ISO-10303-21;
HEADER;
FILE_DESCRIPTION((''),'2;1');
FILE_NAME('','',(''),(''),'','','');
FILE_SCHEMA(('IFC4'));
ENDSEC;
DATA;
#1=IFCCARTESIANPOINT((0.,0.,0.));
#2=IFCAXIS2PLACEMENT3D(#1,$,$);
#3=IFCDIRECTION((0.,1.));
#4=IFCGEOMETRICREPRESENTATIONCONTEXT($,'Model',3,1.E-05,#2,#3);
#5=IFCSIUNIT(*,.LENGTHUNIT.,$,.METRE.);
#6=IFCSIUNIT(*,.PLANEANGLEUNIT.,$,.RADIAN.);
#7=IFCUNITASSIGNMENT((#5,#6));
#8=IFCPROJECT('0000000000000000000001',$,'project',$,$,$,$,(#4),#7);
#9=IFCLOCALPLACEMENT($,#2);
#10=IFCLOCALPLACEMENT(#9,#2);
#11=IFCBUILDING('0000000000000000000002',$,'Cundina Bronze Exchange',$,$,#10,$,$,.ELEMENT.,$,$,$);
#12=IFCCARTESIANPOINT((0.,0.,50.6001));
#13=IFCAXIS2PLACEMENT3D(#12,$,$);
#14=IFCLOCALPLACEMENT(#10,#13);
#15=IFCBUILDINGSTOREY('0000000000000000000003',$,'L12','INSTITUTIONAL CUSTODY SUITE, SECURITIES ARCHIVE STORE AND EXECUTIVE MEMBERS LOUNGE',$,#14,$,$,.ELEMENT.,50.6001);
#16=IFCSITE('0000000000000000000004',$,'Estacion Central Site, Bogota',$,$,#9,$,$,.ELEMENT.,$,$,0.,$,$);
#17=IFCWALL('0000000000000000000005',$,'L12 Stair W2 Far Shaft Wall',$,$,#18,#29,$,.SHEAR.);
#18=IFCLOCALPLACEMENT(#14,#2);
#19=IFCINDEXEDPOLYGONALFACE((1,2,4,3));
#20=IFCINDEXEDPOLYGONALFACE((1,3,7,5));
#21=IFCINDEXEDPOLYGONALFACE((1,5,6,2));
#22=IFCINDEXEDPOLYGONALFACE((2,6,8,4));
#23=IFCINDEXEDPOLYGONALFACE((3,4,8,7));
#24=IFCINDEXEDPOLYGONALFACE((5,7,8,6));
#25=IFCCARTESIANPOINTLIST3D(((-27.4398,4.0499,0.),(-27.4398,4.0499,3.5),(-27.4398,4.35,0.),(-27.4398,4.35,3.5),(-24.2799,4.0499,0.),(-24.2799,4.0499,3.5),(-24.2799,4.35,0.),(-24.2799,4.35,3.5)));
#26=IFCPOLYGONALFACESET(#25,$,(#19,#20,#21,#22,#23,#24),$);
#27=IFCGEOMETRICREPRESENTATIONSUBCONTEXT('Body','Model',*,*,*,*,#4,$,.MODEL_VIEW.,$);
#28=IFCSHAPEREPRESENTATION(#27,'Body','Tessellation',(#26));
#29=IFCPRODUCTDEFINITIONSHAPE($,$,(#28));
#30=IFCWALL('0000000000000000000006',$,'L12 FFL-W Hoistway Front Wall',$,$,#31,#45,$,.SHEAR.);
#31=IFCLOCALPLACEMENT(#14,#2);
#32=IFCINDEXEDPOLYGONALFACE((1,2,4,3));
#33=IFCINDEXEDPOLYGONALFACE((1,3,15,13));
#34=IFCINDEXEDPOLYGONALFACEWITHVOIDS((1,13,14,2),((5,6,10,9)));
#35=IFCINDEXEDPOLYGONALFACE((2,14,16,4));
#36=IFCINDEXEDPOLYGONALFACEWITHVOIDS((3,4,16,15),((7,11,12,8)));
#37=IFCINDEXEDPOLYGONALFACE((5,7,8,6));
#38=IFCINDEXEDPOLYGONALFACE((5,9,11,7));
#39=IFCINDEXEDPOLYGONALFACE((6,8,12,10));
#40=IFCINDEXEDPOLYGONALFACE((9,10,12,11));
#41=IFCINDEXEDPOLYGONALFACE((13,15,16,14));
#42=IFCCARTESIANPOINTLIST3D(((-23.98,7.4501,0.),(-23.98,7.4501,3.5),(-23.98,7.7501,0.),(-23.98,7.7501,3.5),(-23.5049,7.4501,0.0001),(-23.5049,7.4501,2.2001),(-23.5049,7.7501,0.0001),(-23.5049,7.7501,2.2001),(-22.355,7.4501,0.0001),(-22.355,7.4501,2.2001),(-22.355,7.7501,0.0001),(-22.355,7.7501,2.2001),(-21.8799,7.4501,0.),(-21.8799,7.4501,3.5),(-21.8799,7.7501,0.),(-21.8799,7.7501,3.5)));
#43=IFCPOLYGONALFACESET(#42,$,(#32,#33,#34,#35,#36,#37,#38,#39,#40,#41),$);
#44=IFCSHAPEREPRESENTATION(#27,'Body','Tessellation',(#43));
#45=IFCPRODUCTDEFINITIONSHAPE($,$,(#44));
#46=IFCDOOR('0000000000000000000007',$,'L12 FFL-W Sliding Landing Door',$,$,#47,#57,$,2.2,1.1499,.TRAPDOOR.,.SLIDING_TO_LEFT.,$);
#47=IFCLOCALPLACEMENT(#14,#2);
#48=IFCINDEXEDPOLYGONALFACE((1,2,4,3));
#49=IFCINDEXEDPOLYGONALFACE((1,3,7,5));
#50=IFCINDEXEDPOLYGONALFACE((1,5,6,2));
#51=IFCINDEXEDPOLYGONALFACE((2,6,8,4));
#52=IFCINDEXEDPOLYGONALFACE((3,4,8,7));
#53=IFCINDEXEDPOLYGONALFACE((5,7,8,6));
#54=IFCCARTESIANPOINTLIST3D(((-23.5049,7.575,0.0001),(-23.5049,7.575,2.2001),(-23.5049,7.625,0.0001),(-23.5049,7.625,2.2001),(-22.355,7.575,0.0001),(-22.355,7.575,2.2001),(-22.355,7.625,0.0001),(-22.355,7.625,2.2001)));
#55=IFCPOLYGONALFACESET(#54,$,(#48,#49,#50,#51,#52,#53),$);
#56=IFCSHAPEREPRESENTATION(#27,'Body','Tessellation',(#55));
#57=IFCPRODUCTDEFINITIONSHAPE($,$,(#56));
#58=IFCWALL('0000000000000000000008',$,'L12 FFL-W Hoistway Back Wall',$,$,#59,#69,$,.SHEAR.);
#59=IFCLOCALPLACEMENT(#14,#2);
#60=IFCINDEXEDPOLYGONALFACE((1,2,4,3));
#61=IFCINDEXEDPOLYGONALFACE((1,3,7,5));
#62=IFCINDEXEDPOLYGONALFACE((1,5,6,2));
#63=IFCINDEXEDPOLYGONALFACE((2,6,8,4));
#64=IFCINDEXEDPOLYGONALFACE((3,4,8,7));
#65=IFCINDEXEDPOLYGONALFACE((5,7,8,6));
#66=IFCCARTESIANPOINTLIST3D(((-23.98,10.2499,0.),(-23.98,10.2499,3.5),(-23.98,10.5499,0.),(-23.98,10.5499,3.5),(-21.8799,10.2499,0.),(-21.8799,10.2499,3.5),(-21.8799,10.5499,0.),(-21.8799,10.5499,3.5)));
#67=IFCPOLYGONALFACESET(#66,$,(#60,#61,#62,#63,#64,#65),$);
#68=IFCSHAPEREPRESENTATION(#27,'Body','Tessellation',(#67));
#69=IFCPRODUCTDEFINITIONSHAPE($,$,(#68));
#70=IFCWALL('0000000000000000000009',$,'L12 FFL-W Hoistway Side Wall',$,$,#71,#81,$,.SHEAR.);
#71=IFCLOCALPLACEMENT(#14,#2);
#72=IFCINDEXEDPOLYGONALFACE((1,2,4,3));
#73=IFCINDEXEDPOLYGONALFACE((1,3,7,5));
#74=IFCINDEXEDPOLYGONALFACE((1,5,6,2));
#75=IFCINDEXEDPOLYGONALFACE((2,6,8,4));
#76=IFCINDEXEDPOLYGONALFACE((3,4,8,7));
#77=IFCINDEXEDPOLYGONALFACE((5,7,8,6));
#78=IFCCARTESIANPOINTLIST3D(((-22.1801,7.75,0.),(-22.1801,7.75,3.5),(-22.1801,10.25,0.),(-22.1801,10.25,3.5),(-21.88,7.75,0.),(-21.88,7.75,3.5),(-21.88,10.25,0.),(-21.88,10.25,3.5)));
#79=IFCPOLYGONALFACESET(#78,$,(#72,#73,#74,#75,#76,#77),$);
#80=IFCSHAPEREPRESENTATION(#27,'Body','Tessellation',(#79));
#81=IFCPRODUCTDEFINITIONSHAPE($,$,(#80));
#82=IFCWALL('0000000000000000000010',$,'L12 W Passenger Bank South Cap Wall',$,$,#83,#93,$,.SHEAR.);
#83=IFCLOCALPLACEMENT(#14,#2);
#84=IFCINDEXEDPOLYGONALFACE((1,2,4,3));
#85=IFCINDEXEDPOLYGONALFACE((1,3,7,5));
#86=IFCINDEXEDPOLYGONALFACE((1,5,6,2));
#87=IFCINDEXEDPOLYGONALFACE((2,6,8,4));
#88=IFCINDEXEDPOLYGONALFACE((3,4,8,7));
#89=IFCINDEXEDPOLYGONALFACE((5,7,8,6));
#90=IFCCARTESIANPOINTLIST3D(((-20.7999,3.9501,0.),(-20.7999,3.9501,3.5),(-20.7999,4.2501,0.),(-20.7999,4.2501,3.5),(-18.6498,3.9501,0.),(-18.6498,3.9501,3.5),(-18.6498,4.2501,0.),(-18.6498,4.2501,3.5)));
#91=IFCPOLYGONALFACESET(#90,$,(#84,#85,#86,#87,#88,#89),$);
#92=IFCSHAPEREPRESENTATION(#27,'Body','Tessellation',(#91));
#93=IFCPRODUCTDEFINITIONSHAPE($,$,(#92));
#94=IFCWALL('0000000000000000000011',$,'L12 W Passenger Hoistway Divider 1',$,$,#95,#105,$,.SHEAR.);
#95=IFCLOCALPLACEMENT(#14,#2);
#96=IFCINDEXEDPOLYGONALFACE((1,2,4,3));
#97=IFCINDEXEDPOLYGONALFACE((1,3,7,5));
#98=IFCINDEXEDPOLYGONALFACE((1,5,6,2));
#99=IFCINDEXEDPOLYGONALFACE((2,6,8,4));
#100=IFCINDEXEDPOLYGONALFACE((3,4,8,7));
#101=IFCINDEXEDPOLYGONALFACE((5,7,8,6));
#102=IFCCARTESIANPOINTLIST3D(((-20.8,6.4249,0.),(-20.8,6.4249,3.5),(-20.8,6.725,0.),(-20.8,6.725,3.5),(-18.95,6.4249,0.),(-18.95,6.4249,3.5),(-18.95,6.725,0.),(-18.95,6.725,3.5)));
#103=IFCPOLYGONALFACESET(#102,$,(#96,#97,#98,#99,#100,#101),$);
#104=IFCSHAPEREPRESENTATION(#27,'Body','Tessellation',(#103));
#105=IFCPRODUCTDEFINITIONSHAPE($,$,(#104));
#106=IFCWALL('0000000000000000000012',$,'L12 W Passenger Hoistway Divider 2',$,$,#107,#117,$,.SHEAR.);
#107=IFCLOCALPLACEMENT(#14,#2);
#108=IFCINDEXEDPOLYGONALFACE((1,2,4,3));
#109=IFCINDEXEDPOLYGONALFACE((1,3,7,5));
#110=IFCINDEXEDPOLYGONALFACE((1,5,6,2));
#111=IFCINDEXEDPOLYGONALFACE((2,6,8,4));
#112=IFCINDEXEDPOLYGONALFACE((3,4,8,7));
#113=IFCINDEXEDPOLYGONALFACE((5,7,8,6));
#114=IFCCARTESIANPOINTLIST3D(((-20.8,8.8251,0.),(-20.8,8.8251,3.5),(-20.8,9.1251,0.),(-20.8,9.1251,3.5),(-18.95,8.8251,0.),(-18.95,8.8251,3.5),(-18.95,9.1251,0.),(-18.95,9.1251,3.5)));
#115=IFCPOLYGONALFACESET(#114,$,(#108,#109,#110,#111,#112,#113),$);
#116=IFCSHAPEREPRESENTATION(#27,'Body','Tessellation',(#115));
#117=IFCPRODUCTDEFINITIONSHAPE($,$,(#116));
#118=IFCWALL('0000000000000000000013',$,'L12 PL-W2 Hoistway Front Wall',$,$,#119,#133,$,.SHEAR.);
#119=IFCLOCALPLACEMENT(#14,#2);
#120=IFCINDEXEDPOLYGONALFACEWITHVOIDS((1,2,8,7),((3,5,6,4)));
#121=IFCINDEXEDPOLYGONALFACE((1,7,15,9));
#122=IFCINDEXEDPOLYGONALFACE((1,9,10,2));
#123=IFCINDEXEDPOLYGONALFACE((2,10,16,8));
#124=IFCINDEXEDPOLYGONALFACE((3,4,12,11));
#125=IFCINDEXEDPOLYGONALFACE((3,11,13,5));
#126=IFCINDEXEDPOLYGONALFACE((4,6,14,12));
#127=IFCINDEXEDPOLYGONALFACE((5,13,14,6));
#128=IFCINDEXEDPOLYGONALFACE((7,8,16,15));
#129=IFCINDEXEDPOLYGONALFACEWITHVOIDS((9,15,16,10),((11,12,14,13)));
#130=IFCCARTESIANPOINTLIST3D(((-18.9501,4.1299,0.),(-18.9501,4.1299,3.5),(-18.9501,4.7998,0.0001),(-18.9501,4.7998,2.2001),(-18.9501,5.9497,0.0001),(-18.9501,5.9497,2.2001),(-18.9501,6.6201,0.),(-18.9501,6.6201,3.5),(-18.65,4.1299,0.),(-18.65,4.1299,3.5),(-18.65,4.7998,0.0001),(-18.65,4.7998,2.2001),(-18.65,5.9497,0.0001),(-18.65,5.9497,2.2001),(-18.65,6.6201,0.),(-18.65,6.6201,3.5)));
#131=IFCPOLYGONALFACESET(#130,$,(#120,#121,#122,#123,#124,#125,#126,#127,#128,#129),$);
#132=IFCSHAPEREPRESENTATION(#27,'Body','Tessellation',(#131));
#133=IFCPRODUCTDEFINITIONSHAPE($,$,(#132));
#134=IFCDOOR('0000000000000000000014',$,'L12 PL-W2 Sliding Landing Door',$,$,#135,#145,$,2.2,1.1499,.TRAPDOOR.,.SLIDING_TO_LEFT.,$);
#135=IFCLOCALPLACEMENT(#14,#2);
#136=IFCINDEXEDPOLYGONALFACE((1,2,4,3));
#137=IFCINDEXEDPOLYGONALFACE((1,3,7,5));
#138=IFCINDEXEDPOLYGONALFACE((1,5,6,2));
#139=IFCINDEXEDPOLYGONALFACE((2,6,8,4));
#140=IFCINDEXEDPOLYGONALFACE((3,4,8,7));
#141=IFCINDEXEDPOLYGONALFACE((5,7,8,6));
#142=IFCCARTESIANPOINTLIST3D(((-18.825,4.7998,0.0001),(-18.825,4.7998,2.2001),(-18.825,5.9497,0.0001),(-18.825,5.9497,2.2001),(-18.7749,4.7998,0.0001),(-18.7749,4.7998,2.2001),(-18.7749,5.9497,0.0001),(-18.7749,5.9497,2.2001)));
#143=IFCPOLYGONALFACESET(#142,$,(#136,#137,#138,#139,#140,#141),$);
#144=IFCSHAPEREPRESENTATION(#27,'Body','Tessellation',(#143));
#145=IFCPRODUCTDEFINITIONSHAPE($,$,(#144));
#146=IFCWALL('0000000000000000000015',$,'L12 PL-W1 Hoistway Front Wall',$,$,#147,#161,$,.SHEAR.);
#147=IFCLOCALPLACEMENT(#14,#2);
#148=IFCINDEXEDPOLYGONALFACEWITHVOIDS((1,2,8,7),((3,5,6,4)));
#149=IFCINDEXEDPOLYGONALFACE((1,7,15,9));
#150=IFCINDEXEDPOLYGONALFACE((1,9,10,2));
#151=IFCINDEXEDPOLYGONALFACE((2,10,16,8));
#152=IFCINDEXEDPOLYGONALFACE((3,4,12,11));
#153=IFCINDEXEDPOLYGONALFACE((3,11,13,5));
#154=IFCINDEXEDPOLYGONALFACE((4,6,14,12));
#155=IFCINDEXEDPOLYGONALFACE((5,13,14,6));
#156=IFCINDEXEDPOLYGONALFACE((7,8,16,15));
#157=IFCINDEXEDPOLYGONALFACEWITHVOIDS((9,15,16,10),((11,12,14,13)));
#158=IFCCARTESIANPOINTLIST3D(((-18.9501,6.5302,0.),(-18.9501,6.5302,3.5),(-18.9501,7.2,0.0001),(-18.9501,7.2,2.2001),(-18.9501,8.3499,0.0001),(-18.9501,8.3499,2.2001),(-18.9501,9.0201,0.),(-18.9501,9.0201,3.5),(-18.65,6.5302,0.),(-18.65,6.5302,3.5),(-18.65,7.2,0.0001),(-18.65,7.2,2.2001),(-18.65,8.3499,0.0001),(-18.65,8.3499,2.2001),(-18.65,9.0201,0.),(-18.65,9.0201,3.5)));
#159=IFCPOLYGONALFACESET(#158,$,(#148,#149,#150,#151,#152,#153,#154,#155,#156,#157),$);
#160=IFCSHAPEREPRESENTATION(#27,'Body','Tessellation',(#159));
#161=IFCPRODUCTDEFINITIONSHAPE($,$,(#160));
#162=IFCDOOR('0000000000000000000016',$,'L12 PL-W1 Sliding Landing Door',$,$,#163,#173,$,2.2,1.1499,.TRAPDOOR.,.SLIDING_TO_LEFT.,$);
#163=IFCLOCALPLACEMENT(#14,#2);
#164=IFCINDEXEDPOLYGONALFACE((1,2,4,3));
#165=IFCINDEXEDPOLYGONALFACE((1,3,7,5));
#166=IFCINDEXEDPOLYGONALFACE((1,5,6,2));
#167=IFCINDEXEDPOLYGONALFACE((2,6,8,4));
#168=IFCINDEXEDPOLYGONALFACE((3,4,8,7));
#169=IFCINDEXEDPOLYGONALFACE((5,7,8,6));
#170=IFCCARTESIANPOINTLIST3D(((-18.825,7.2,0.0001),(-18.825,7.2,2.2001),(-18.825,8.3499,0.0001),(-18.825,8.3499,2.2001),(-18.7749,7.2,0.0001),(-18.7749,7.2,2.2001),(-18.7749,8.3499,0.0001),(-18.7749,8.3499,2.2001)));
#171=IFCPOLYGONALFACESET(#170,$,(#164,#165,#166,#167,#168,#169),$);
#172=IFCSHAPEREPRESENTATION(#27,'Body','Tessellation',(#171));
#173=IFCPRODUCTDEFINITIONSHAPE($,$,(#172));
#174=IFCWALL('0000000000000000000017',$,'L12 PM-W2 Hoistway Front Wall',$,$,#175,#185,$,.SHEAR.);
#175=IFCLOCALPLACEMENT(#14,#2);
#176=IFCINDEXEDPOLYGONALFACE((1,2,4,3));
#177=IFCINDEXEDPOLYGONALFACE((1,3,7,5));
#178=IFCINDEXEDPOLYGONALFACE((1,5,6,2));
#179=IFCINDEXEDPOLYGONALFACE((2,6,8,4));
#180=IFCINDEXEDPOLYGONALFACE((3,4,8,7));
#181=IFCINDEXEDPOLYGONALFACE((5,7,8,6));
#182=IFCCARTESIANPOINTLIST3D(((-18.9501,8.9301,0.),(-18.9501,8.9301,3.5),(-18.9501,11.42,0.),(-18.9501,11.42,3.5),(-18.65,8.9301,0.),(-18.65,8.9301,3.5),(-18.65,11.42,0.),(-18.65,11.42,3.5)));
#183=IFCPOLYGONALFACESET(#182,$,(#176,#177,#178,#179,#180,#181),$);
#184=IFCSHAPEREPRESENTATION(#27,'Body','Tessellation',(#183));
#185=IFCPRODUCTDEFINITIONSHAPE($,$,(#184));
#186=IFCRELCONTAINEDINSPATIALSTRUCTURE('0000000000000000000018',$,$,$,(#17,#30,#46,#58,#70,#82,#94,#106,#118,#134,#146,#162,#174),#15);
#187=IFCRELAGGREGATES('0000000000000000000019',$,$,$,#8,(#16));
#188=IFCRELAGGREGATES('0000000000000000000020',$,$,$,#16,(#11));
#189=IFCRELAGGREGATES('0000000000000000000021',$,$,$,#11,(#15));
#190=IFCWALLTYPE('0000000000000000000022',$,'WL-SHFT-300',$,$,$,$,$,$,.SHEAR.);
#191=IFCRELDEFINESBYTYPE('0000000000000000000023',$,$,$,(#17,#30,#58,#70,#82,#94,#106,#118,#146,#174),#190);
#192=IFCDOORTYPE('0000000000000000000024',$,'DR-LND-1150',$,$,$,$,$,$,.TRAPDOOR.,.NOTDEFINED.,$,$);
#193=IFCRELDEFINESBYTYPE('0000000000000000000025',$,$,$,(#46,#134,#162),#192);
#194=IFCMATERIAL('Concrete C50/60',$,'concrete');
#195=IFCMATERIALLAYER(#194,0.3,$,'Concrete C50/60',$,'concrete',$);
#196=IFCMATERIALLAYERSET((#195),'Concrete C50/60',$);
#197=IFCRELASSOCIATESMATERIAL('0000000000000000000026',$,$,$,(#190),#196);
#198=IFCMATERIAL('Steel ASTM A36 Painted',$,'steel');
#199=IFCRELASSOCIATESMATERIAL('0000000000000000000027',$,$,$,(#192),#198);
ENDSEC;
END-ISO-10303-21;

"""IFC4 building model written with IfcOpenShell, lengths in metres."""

from ifc_helpers import new_model, si_unit, direction, frame, frame_2d, origin, place, context, subcontext, project, spatial, rectangle, extrude, material, layer, layer_set, type_object, element, fill, save


model = new_model("IFC4")

# Units and contexts
model_context = context("Model", 3, precision=1e-05, world=origin(), true_north=direction((0.0, 1.0)))
body_context = subcontext(model_context, "Body", "Model", "MODEL_VIEW")
ifc_project = project(units=[si_unit("LENGTHUNIT", "METRE"), si_unit("PLANEANGLEUNIT", "RADIAN")], contexts=[model_context])

# Site, building, storey
site_placement = place(None, origin())
site = spatial("IfcSite", under=ifc_project, at=site_placement, Name="Estacion Central Site, Bogota", CompositionType="ELEMENT", RefElevation=0.0)
building_placement = place(site_placement, origin())
building = spatial("IfcBuilding", under=site, at=building_placement, Name="Cundina Bronze Exchange", CompositionType="ELEMENT")
storey_placement = place(building_placement, frame((0.0, 0.0, 50.6001)))
storey = spatial("IfcBuildingStorey", under=building, at=storey_placement, Name="L12", Description="INSTITUTIONAL CUSTODY SUITE, SECURITIES ARCHIVE STORE AND EXECUTIVE MEMBERS LOUNGE", CompositionType="ELEMENT", Elevation=50.6001)

# Wall
ifc_material_1 = material(Name="Concrete C50/60", Category="concrete")
ifc_layer_1 = layer(ifc_material_1, 0.3, Name="Concrete C50/60", Category="concrete")
ifc_layer_set_1 = layer_set([ifc_layer_1], Name="Concrete C50/60")
wall_type_1 = type_object("IfcWallType", Name="WL-SHFT-300", PredefinedType="SHEAR", material=ifc_layer_set_1)
wall_1_placement = place(storey_placement, frame((-27.4399, 4.2, 0.0), z_axis=(0.0, 0.0, 1.0), x_axis=(1.0, 0.0, 0.0)))
element("IfcWall", 1, at=wall_1_placement, inside=storey, type_object=wall_type_1, Name="L12 Stair W2 Far Shaft Wall", PredefinedType="SHEAR", context=body_context, shape_type="SweptSolid", body=[
    extrude(rectangle(XDim=3.1599, YDim=0.3, at=frame_2d((1.5801, 0.0))), origin(), (0.0, 0.0, 1.0), 3.5),
])

# Wall, opening, door
wall_2_placement = place(storey_placement, frame((-23.98, 7.6001, 0.0), z_axis=(0.0, 0.0, 1.0), x_axis=(1.0, 0.0, 0.0)))
wall_2 = element("IfcWall", 2, at=wall_2_placement, inside=storey, type_object=wall_type_1, Name="L12 FFL-W Hoistway Front Wall", PredefinedType="SHEAR", context=body_context, shape_type="SweptSolid", body=[
    extrude(rectangle(XDim=2.1001, YDim=0.3, at=frame_2d((1.05, 0.0))), origin(), (0.0, 0.0, 1.0), 3.5),
])
opening_1_placement = place(wall_2_placement, frame((0.4751, 0.0, 0.0)))
opening_1 = element("IfcOpeningElement", 3, at=opening_1_placement, cuts=wall_2, PredefinedType="OPENING", context=body_context, shape_type="SweptSolid", body=[
    extrude(rectangle(XDim=1.1499, YDim=2.2, at=frame_2d((0.575, 1.1001))), frame((0.0, 0.1599, 0.0), z_axis=(0.0, -1.0, 0.0), x_axis=(1.0, 0.0, 0.0)), (0.0, 0.0, 1.0), 0.3201),
])
ifc_material_2 = material(Name="Steel ASTM A36 Painted", Category="steel")
door_type = type_object("IfcDoorType", Name="DR-LND-1150", OperationType="NOTDEFINED", PredefinedType="TRAPDOOR", material=ifc_material_2)
door_1_placement = place(opening_1_placement, origin())
door_1 = element("IfcDoor", 4, at=door_1_placement, inside=storey, type_object=door_type, Name="L12 FFL-W Sliding Landing Door", OperationType="SLIDING_TO_LEFT", OverallHeight=2.2, OverallWidth=1.1499, PredefinedType="TRAPDOOR", context=body_context, shape_type="SweptSolid", body=[
    extrude(rectangle(XDim=1.1499, YDim=2.2, at=frame_2d((0.575, 1.1001))), frame((0.0, 0.0249, 0.0), z_axis=(0.0, -1.0, 0.0), x_axis=(1.0, 0.0, 0.0)), (0.0, 0.0, 1.0), 0.05),
])
fill(opening_1, door_1)

# Walls
wall_3_placement = place(storey_placement, frame((-23.98, 10.3999, 0.0), z_axis=(0.0, 0.0, 1.0), x_axis=(1.0, 0.0, 0.0)))
element("IfcWall", 5, at=wall_3_placement, inside=storey, type_object=wall_type_1, Name="L12 FFL-W Hoistway Back Wall", PredefinedType="SHEAR", context=body_context, shape_type="SweptSolid", body=[
    extrude(rectangle(XDim=2.1001, YDim=0.3, at=frame_2d((1.05, 0.0))), origin(), (0.0, 0.0, 1.0), 3.5),
])
wall_4_placement = place(storey_placement, frame((-22.03, 7.75, 0.0), z_axis=(0.0, 0.0, 1.0), x_axis=(0.0, 1.0, 0.0)))
element("IfcWall", 6, at=wall_4_placement, inside=storey, type_object=wall_type_1, Name="L12 FFL-W Hoistway Side Wall", PredefinedType="SHEAR", context=body_context, shape_type="SweptSolid", body=[
    extrude(rectangle(XDim=2.5, YDim=0.3, at=frame_2d((1.25, 0.0))), origin(), (0.0, 0.0, 1.0), 3.5),
])
wall_5_placement = place(storey_placement, frame((-20.8, 4.1001, 0.0), z_axis=(0.0, 0.0, 1.0), x_axis=(1.0, 0.0, 0.0)))
element("IfcWall", 7, at=wall_5_placement, inside=storey, type_object=wall_type_1, Name="L12 W Passenger Bank South Cap Wall", PredefinedType="SHEAR", context=body_context, shape_type="SweptSolid", body=[
    extrude(rectangle(XDim=2.1501, YDim=0.3, at=frame_2d((1.0752, 0.0))), origin(), (0.0, 0.0, 1.0), 3.5),
])
for number, where, z_axis, x_axis, name in (
    (8, (-20.8, 6.575, 0.0), (0.0, 0.0, 1.0), (1.0, 0.0, 0.0), "L12 W Passenger Hoistway Divider 1"),
    (9, (-20.8, 8.9751, 0.0), (0.0, 0.0, 1.0), (1.0, 0.0, 0.0), "L12 W Passenger Hoistway Divider 2"),
):
    element("IfcWall", number, at=place(storey_placement, frame(where, z_axis=z_axis, x_axis=x_axis)), inside=storey, type_object=wall_type_1, Name=name, PredefinedType="SHEAR", context=body_context, shape_type="SweptSolid", body=[
        extrude(rectangle(XDim=1.8501, YDim=0.3, at=frame_2d((0.925, 0.0))), origin(), (0.0, 0.0, 1.0), 3.5),
    ])

# Walls, openings, doors
wall_6_placement = place(storey_placement, frame((-18.8, 4.1299, 0.0), z_axis=(0.0, 0.0, 1.0), x_axis=(0.0, 1.0, 0.0)))
wall_6 = element("IfcWall", 10, at=wall_6_placement, inside=storey, type_object=wall_type_1, Name="L12 PL-W2 Hoistway Front Wall", PredefinedType="SHEAR", context=body_context, shape_type="SweptSolid", body=[
    extrude(rectangle(XDim=2.4902, YDim=0.3, at=frame_2d((1.2451, 0.0))), origin(), (0.0, 0.0, 1.0), 3.5),
])
opening_2_placement = place(wall_6_placement, frame((0.6699, 0.0, 0.0)))
opening_2 = element("IfcOpeningElement", 11, at=opening_2_placement, cuts=wall_6, PredefinedType="OPENING", context=body_context, shape_type="SweptSolid", body=[
    extrude(rectangle(XDim=1.1499, YDim=2.2, at=frame_2d((0.575, 1.1001))), frame((0.0, 0.1599, 0.0), z_axis=(0.0, -1.0, 0.0), x_axis=(1.0, 0.0, 0.0)), (0.0, 0.0, 1.0), 0.3201),
])
door_2_placement = place(opening_2_placement, origin())
door_2 = element("IfcDoor", 12, at=door_2_placement, inside=storey, type_object=door_type, Name="L12 PL-W2 Sliding Landing Door", OperationType="SLIDING_TO_LEFT", OverallHeight=2.2, OverallWidth=1.1499, PredefinedType="TRAPDOOR", context=body_context, shape_type="SweptSolid", body=[
    extrude(rectangle(XDim=1.1499, YDim=2.2, at=frame_2d((0.575, 1.1001))), frame((0.0, 0.0249, 0.0), z_axis=(0.0, -1.0, 0.0), x_axis=(1.0, 0.0, 0.0)), (0.0, 0.0, 1.0), 0.05),
])
fill(opening_2, door_2)
wall_7_placement = place(storey_placement, frame((-18.8, 6.53, 0.0), z_axis=(0.0, 0.0, 1.0), x_axis=(0.0, 1.0, 0.0)))
wall_7 = element("IfcWall", 13, at=wall_7_placement, inside=storey, type_object=wall_type_1, Name="L12 PL-W1 Hoistway Front Wall", PredefinedType="SHEAR", context=body_context, shape_type="SweptSolid", body=[
    extrude(rectangle(XDim=2.49, YDim=0.3, at=frame_2d((1.2451, 0.0))), origin(), (0.0, 0.0, 1.0), 3.5),
])
opening_3_placement = place(wall_7_placement, frame((0.6699, 0.0, 0.0)))
opening_3 = element("IfcOpeningElement", 14, at=opening_3_placement, cuts=wall_7, PredefinedType="OPENING", context=body_context, shape_type="SweptSolid", body=[
    extrude(rectangle(XDim=1.1499, YDim=2.2, at=frame_2d((0.575, 1.1001))), frame((0.0, 0.1599, 0.0), z_axis=(0.0, -1.0, 0.0), x_axis=(1.0, 0.0, 0.0)), (0.0, 0.0, 1.0), 0.3201),
])
door_3_placement = place(opening_3_placement, origin())
door_3 = element("IfcDoor", 15, at=door_3_placement, inside=storey, type_object=door_type, Name="L12 PL-W1 Sliding Landing Door", OperationType="SLIDING_TO_LEFT", OverallHeight=2.2, OverallWidth=1.1499, PredefinedType="TRAPDOOR", context=body_context, shape_type="SweptSolid", body=[
    extrude(rectangle(XDim=1.1499, YDim=2.2, at=frame_2d((0.575, 1.1001))), frame((0.0, 0.0249, 0.0), z_axis=(0.0, -1.0, 0.0), x_axis=(1.0, 0.0, 0.0)), (0.0, 0.0, 1.0), 0.05),
])
fill(opening_3, door_3)

# Wall
wall_8_placement = place(storey_placement, frame((-18.8, 8.9299, 0.0), z_axis=(0.0, 0.0, 1.0), x_axis=(0.0, 1.0, 0.0)))
element("IfcWall", 16, at=wall_8_placement, inside=storey, type_object=wall_type_1, Name="L12 PM-W2 Hoistway Front Wall", PredefinedType="SHEAR", context=body_context, shape_type="SweptSolid", body=[
    extrude(rectangle(XDim=2.49, YDim=0.3, at=frame_2d((1.2451, 0.0))), origin(), (0.0, 0.0, 1.0), 3.5),
])

save(model, "model.ifc")
